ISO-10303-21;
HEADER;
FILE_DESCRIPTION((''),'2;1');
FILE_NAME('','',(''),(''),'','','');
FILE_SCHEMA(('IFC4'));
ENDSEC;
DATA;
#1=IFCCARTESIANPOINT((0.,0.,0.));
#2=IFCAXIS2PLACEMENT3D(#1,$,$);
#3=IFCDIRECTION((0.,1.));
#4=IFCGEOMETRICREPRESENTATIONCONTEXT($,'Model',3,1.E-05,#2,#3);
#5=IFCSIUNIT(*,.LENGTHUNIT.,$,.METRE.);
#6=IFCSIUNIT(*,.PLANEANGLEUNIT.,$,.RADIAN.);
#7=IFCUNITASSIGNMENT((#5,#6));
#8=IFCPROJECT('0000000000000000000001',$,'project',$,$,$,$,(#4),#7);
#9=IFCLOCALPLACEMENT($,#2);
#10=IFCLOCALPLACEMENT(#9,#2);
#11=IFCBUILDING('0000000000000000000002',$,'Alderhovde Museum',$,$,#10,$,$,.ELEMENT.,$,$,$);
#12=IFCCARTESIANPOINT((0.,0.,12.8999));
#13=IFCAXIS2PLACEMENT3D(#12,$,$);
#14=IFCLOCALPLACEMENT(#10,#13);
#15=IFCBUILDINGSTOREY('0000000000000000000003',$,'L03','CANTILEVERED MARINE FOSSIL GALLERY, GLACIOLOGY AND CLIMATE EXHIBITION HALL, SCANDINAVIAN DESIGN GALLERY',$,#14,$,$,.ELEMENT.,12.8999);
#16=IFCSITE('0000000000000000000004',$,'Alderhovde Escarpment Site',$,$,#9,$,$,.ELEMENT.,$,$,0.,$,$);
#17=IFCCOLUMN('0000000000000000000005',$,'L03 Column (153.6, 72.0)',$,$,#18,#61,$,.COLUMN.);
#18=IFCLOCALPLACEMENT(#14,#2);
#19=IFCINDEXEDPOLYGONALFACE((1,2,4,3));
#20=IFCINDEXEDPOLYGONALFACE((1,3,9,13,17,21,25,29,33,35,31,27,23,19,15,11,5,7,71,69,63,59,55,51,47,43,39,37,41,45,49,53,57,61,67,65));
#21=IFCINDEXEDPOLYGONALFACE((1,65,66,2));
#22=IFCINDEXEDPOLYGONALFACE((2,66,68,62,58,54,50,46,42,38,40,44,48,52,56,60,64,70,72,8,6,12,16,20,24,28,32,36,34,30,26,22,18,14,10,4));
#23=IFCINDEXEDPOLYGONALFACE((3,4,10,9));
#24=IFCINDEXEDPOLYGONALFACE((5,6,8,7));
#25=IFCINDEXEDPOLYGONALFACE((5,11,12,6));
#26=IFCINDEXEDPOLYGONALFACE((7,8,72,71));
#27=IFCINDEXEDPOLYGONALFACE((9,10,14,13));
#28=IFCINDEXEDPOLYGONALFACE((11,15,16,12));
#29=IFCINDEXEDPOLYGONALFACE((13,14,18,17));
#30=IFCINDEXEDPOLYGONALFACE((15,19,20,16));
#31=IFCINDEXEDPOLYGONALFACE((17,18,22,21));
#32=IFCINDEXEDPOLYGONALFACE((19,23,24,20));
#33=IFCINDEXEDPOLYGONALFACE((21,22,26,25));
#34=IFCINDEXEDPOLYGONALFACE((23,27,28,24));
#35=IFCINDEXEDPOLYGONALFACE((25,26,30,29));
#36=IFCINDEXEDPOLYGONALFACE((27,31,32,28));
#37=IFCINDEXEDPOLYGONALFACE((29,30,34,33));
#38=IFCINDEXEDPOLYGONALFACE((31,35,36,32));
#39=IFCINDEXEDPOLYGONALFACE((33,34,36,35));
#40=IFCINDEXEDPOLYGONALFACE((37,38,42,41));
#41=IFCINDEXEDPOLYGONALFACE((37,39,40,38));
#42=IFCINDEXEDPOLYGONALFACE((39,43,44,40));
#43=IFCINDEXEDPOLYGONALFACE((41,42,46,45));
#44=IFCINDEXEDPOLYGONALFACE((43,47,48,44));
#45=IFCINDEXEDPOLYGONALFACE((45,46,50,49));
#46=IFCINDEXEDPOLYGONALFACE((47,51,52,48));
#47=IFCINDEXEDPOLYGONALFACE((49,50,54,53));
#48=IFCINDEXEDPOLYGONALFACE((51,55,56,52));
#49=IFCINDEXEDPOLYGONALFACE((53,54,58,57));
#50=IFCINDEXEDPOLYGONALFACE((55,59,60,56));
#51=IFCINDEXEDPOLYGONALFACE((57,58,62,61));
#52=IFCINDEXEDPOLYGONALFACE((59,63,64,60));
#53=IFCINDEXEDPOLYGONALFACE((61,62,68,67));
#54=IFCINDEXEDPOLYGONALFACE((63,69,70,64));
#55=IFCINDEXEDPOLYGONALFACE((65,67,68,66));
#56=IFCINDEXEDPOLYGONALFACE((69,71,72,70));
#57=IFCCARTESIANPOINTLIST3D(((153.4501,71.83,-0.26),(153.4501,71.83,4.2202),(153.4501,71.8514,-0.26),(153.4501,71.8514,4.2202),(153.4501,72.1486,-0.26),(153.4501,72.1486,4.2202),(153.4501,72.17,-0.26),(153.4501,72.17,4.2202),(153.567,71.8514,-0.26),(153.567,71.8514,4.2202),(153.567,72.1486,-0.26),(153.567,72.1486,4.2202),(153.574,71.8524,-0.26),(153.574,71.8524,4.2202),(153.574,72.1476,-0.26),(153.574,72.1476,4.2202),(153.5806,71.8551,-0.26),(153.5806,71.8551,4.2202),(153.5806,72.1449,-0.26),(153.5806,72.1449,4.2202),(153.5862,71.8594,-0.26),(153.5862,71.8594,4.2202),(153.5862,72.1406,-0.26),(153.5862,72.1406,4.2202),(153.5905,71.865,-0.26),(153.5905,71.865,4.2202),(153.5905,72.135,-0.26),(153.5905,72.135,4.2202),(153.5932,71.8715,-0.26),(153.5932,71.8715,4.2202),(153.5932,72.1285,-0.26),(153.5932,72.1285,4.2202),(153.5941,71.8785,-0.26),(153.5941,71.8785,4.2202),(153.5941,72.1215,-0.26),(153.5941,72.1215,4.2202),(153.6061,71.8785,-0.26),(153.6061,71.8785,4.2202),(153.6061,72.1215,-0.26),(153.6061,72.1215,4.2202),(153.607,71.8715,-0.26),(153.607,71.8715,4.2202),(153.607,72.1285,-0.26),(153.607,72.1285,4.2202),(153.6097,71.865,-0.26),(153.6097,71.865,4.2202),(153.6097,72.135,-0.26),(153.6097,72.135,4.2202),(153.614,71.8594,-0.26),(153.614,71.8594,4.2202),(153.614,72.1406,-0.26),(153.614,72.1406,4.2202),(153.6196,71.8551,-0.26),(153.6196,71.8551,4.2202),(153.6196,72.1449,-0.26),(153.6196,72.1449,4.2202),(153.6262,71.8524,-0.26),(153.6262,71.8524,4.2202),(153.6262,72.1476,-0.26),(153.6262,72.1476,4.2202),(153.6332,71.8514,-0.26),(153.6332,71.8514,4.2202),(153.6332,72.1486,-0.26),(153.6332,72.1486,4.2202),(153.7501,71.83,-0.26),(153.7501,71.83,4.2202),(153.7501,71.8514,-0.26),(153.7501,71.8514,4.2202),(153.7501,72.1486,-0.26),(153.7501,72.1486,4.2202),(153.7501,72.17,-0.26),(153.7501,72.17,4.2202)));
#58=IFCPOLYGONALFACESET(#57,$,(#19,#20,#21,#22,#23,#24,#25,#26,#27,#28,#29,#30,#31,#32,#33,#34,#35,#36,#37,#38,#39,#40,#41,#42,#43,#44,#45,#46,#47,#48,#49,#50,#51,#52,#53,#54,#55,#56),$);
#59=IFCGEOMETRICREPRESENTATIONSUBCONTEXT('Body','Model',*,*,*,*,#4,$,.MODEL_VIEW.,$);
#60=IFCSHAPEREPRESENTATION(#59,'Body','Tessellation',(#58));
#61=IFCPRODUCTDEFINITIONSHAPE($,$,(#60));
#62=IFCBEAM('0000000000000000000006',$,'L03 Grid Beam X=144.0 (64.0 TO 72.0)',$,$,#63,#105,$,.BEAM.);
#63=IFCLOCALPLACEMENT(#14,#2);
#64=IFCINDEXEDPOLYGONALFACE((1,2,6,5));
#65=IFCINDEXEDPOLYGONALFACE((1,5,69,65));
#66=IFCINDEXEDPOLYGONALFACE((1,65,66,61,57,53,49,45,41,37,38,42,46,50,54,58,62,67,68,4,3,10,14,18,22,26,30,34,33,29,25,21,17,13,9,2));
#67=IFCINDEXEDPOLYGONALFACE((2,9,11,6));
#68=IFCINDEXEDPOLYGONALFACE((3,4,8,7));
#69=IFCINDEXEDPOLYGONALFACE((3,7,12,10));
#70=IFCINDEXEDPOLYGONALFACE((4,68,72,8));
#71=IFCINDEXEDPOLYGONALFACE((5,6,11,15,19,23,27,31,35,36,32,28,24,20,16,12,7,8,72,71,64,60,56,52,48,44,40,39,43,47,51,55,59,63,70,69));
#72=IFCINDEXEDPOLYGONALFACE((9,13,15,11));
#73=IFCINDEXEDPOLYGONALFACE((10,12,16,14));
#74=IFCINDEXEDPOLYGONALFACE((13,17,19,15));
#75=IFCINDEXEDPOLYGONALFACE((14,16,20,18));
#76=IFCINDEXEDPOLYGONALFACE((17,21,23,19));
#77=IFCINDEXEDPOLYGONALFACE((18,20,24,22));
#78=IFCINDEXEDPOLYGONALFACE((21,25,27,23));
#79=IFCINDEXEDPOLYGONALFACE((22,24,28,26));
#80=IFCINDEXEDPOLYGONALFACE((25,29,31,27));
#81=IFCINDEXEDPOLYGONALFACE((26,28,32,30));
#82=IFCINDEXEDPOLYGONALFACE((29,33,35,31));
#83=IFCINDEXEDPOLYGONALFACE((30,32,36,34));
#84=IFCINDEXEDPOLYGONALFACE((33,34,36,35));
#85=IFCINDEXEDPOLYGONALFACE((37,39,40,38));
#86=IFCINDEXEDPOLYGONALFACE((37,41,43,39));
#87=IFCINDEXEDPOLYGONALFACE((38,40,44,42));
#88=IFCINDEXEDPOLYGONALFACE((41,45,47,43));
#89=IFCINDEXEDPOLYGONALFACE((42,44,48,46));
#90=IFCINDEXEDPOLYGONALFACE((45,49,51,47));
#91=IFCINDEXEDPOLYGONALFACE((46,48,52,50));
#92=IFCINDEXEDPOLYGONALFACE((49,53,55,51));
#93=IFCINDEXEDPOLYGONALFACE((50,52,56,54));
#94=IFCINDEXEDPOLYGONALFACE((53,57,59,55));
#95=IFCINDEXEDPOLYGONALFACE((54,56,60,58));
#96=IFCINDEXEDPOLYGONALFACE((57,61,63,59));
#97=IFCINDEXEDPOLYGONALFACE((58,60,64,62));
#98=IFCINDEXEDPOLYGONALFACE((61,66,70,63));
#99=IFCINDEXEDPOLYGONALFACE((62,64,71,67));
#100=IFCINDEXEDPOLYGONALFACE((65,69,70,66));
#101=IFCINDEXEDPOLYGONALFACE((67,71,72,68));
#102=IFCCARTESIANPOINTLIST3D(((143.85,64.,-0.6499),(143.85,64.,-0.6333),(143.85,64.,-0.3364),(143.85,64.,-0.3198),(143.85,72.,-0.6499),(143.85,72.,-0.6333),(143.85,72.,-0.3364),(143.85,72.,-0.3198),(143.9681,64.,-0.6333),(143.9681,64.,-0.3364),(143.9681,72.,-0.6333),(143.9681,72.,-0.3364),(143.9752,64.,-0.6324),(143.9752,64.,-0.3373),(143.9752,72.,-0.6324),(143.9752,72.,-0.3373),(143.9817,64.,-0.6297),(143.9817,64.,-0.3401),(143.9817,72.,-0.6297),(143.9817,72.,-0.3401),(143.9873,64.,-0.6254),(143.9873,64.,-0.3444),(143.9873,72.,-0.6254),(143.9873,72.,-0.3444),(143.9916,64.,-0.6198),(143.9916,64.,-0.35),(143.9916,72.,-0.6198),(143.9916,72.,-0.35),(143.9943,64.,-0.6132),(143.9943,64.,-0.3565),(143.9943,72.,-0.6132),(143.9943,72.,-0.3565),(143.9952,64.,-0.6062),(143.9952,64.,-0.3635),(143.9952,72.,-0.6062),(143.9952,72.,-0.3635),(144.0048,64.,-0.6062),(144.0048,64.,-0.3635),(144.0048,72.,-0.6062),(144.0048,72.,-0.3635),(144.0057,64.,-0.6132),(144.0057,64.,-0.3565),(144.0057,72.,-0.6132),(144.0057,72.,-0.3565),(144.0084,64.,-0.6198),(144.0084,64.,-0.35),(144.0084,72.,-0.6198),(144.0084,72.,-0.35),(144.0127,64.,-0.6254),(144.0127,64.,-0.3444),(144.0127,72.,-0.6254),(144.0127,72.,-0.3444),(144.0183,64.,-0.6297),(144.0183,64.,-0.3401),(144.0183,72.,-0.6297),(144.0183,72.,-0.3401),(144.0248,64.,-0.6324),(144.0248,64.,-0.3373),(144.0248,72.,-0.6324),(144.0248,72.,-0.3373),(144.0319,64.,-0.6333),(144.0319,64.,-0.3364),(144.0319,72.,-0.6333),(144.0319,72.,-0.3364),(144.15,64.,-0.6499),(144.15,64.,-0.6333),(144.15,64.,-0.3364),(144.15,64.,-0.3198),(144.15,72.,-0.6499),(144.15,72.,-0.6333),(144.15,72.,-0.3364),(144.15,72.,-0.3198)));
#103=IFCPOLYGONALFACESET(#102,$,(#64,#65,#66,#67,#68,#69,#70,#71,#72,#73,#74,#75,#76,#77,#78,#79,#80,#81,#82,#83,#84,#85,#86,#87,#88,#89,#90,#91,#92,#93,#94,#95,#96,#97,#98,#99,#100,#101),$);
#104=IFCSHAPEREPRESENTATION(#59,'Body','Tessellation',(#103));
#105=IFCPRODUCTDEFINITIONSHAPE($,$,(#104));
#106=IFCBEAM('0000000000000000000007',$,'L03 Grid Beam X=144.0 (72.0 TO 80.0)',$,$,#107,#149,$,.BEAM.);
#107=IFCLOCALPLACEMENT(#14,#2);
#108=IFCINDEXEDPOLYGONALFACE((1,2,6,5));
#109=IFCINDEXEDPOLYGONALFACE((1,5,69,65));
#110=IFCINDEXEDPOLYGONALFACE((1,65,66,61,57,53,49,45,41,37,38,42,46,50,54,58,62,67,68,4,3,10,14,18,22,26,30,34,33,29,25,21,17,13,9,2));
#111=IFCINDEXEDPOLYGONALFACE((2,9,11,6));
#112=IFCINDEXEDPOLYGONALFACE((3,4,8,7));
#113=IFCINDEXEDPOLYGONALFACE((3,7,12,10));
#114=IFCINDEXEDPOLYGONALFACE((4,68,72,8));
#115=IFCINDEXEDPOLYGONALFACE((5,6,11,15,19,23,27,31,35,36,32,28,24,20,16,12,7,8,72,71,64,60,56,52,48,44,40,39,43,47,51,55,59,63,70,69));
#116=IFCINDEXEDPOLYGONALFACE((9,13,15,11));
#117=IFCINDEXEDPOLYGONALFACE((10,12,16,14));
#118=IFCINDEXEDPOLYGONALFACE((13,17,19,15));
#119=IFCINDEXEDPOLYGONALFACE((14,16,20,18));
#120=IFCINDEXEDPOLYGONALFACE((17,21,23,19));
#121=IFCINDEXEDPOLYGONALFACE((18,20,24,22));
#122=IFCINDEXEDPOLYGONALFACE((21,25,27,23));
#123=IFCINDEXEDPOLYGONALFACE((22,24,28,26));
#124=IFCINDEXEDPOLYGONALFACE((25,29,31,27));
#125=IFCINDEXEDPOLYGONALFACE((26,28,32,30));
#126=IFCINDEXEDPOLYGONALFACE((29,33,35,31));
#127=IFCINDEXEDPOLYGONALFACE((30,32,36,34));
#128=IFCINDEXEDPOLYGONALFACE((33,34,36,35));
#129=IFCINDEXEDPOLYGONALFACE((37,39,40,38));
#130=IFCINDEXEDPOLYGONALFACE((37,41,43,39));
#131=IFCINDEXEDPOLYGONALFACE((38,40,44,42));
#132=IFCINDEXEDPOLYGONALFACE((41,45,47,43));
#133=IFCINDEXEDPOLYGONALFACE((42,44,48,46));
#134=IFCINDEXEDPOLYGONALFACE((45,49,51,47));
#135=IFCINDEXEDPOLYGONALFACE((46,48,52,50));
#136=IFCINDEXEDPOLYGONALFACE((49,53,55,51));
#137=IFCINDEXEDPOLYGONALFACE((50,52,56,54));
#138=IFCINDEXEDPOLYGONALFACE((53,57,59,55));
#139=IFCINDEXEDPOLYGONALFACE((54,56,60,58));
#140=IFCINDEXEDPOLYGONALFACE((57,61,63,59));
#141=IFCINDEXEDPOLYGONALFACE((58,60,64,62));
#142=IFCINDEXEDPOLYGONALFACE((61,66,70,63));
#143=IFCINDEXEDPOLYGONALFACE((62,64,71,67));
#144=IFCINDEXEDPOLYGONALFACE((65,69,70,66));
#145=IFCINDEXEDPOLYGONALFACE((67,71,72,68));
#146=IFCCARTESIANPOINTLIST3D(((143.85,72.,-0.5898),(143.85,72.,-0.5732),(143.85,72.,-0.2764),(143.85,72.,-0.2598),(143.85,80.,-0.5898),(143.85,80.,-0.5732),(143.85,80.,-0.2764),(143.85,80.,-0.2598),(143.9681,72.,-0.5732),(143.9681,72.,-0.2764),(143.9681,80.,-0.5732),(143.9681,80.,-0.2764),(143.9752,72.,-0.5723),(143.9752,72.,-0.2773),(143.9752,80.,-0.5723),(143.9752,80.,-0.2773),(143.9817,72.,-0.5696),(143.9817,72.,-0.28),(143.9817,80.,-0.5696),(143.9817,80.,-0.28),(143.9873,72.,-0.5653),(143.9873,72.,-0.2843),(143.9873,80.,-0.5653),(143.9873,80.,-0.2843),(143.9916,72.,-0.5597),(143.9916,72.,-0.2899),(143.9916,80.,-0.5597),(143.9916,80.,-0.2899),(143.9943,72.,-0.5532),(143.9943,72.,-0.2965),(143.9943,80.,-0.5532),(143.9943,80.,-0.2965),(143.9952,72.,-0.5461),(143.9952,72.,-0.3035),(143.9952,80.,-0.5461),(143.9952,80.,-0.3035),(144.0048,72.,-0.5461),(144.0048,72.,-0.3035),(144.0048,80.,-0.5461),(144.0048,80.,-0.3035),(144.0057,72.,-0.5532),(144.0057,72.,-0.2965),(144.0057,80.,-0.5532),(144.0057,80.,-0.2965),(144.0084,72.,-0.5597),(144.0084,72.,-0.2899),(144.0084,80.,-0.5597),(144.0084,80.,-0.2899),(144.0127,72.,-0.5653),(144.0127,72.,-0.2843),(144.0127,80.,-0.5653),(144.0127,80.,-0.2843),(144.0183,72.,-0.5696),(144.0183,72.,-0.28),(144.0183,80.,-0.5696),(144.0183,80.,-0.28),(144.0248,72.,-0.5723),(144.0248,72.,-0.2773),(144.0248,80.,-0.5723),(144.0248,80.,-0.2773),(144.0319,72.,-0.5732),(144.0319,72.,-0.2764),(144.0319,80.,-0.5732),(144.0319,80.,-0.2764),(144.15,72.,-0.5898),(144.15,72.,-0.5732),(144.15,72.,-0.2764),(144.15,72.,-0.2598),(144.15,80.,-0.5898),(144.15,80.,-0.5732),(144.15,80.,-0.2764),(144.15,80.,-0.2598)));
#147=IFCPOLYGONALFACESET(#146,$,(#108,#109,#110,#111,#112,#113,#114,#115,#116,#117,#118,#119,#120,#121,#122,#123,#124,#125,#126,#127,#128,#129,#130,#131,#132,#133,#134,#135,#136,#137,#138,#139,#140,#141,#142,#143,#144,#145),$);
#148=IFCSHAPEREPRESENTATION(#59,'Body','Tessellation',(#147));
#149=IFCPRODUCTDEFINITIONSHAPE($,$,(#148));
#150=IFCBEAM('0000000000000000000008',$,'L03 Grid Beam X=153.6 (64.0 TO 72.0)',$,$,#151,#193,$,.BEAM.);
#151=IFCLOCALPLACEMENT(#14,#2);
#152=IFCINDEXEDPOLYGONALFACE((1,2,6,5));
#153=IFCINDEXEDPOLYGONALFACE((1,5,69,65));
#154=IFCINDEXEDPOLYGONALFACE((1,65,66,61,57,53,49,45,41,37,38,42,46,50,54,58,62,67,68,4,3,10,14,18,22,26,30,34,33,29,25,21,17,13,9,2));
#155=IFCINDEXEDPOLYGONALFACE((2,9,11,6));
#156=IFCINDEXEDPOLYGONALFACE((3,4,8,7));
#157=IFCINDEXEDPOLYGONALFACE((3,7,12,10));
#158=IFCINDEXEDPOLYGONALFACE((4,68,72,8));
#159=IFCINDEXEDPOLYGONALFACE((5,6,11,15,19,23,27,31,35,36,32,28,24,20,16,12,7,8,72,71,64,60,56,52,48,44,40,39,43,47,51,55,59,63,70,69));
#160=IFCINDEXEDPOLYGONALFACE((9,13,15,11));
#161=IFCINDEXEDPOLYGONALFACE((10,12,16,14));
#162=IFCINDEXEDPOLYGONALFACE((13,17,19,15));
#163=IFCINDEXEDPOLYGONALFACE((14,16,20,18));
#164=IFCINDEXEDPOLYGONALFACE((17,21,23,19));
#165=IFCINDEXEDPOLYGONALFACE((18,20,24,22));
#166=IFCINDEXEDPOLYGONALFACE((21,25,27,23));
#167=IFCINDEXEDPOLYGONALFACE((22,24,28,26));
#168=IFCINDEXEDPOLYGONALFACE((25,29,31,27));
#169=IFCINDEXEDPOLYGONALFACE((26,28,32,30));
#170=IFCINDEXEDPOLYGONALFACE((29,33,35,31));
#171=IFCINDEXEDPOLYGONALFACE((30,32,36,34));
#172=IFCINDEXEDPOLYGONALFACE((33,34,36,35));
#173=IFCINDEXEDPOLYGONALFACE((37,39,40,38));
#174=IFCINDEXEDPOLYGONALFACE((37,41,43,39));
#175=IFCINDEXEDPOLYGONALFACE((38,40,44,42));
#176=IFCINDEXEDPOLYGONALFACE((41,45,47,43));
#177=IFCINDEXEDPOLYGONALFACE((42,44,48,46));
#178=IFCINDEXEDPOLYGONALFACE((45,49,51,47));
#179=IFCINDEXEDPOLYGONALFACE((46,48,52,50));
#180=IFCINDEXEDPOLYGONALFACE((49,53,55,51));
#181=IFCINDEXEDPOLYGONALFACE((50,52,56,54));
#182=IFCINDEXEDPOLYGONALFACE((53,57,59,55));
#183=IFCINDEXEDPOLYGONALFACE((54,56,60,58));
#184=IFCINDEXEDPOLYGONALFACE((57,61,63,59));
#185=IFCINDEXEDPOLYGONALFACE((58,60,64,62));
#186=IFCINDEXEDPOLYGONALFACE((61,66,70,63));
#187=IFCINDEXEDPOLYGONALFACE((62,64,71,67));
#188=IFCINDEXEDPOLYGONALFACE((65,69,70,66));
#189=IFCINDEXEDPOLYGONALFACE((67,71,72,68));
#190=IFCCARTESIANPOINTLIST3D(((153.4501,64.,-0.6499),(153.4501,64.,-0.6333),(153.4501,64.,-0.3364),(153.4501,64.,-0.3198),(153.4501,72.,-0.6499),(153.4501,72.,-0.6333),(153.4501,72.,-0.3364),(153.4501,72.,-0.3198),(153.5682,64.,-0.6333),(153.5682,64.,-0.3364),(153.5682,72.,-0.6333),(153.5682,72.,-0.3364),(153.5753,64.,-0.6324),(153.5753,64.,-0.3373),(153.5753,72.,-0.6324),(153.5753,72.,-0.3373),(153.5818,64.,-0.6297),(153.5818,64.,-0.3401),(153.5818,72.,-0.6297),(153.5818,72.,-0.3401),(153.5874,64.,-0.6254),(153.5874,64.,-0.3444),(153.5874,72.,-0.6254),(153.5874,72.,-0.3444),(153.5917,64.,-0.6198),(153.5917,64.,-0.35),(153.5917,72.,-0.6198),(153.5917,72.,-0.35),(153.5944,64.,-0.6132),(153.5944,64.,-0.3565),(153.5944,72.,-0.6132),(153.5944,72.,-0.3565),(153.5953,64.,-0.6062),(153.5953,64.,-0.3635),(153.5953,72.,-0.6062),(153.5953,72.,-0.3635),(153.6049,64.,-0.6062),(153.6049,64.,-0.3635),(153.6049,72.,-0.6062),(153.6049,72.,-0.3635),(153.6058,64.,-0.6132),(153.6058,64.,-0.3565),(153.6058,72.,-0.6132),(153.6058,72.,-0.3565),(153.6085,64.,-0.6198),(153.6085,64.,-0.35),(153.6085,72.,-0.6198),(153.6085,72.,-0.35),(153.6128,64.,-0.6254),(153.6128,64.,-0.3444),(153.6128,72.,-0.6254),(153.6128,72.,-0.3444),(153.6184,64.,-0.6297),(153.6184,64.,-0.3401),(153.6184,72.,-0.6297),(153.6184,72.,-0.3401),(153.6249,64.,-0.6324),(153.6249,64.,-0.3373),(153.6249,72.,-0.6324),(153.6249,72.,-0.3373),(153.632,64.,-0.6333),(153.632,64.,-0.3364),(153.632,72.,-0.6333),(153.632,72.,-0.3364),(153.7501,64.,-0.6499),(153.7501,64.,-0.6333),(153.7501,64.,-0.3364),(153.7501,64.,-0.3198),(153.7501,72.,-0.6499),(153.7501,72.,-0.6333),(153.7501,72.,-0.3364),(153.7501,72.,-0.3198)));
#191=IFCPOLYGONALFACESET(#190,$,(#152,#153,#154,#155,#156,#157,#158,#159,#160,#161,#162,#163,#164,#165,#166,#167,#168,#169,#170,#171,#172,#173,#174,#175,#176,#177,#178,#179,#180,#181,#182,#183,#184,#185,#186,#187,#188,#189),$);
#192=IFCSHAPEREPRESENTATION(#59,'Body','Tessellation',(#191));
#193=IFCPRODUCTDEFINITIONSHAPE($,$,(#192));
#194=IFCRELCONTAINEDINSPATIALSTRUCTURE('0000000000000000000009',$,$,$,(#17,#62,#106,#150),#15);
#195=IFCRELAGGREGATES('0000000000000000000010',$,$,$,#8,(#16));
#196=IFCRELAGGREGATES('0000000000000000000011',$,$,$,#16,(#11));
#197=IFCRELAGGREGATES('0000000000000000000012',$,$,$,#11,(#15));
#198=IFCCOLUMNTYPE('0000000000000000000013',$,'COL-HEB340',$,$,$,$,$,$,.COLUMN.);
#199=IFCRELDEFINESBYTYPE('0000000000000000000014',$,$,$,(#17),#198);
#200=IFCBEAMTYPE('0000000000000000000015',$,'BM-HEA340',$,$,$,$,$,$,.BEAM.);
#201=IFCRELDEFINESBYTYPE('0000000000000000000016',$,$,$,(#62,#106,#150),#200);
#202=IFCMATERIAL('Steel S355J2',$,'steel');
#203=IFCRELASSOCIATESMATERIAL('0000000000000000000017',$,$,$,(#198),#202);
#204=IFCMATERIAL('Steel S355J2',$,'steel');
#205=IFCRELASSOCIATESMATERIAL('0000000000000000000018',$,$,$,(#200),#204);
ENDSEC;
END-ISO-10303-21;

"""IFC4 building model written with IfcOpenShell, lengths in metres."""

from ifc_helpers import new_model, si_unit, direction, frame, origin, origin_2d, place, context, subcontext, project, spatial, i_section, extrude, material, material_profile, profile_set, type_object, element, save


model = new_model("IFC4")

# Units and contexts
model_context = context("Model", 3, precision=1e-05, world=origin(), true_north=direction((0.0, 1.0)))
body_context = subcontext(model_context, "Body", "Model", "MODEL_VIEW")
ifc_project = project(units=[si_unit("LENGTHUNIT", "METRE"), si_unit("PLANEANGLEUNIT", "RADIAN")], contexts=[model_context])

# Site, building, storey
site_placement = place(None, origin())
site = spatial("IfcSite", under=ifc_project, at=site_placement, Name="Alderhovde Escarpment Site", CompositionType="ELEMENT", RefElevation=0.0)
building_placement = place(site_placement, origin())
building = spatial("IfcBuilding", under=site, at=building_placement, Name="Alderhovde Museum", CompositionType="ELEMENT")
storey_placement = place(building_placement, frame((0.0, 0.0, 12.8999)))
storey = spatial("IfcBuildingStorey", under=building, at=storey_placement, Name="L03", Description="CANTILEVERED MARINE FOSSIL GALLERY, GLACIOLOGY AND CLIMATE EXHIBITION HALL, SCANDINAVIAN DESIGN GALLERY", CompositionType="ELEMENT", Elevation=12.8999)

# Column
ifc_material_1 = material(Name="Steel S355J2", Category="steel")
ifc_material_profile_1 = material_profile(ifc_material_1, i_section(OverallWidth=0.3, OverallDepth=0.3401, WebThickness=0.012, FlangeThickness=0.0215, FilletRadius=0.0271, at=origin_2d()), Name="HEB 340")
ifc_profile_set_1 = profile_set([ifc_material_profile_1], Name="Steel S355J2")
column_type_1 = type_object("IfcColumnType", Name="COL-HEB340", PredefinedType="COLUMN", material=ifc_profile_set_1)
for number, where, z_axis, x_axis, name in (
    (1, (153.6001, 72.0, -0.26), (0.0, 0.0, 1.0), (1.0, 0.0, 0.0), "L03 Column (153.6, 72.0)"),
):
    element("IfcColumn", number, at=place(storey_placement, frame(where, z_axis=z_axis, x_axis=x_axis)), inside=storey, type_object=column_type_1, Name=name, PredefinedType="COLUMN", context=body_context, shape_type="SweptSolid", body=[
        extrude(i_section(OverallWidth=0.3, OverallDepth=0.3401, WebThickness=0.012, FlangeThickness=0.0215, FilletRadius=0.0271, at=origin_2d()), origin(), (0.0, 0.0, 1.0), 4.4802),
    ])

# Beams
ifc_material_2 = material(Name="Steel S355J2", Category="steel")
ifc_material_profile_2 = material_profile(ifc_material_2, i_section(OverallWidth=0.3, OverallDepth=0.3301, WebThickness=0.0095, FlangeThickness=0.0166, FilletRadius=0.0271, at=origin_2d()), Name="HEA 340")
ifc_profile_set_2 = profile_set([ifc_material_profile_2], Name="Steel S355J2")
beam_type_1 = type_object("IfcBeamType", Name="BM-HEA340", PredefinedType="BEAM", material=ifc_profile_set_2)
for number, where, z_axis, x_axis, name in (
    (2, (144.0, 64.0, -0.4849), (0.0, 1.0, 0.0), (-1.0, 0.0, 0.0), "L03 Grid Beam X=144.0 (64.0 TO 72.0)"),
    (3, (144.0, 72.0, -0.4248), (0.0, 1.0, 0.0), (-1.0, 0.0, 0.0), "L03 Grid Beam X=144.0 (72.0 TO 80.0)"),
    (4, (153.6001, 64.0, -0.4849), (0.0, 1.0, 0.0), (-1.0, 0.0, 0.0), "L03 Grid Beam X=153.6 (64.0 TO 72.0)"),
):
    element("IfcBeam", number, at=place(storey_placement, frame(where, z_axis=z_axis, x_axis=x_axis)), inside=storey, type_object=beam_type_1, Name=name, PredefinedType="BEAM", context=body_context, shape_type="SweptSolid", body=[
        extrude(i_section(OverallWidth=0.3, OverallDepth=0.3301, WebThickness=0.0095, FlangeThickness=0.0166, FilletRadius=0.0271, at=origin_2d()), origin(), (0.0, 0.0, 1.0), 8.0),
    ])

save(model, "model.ifc")
